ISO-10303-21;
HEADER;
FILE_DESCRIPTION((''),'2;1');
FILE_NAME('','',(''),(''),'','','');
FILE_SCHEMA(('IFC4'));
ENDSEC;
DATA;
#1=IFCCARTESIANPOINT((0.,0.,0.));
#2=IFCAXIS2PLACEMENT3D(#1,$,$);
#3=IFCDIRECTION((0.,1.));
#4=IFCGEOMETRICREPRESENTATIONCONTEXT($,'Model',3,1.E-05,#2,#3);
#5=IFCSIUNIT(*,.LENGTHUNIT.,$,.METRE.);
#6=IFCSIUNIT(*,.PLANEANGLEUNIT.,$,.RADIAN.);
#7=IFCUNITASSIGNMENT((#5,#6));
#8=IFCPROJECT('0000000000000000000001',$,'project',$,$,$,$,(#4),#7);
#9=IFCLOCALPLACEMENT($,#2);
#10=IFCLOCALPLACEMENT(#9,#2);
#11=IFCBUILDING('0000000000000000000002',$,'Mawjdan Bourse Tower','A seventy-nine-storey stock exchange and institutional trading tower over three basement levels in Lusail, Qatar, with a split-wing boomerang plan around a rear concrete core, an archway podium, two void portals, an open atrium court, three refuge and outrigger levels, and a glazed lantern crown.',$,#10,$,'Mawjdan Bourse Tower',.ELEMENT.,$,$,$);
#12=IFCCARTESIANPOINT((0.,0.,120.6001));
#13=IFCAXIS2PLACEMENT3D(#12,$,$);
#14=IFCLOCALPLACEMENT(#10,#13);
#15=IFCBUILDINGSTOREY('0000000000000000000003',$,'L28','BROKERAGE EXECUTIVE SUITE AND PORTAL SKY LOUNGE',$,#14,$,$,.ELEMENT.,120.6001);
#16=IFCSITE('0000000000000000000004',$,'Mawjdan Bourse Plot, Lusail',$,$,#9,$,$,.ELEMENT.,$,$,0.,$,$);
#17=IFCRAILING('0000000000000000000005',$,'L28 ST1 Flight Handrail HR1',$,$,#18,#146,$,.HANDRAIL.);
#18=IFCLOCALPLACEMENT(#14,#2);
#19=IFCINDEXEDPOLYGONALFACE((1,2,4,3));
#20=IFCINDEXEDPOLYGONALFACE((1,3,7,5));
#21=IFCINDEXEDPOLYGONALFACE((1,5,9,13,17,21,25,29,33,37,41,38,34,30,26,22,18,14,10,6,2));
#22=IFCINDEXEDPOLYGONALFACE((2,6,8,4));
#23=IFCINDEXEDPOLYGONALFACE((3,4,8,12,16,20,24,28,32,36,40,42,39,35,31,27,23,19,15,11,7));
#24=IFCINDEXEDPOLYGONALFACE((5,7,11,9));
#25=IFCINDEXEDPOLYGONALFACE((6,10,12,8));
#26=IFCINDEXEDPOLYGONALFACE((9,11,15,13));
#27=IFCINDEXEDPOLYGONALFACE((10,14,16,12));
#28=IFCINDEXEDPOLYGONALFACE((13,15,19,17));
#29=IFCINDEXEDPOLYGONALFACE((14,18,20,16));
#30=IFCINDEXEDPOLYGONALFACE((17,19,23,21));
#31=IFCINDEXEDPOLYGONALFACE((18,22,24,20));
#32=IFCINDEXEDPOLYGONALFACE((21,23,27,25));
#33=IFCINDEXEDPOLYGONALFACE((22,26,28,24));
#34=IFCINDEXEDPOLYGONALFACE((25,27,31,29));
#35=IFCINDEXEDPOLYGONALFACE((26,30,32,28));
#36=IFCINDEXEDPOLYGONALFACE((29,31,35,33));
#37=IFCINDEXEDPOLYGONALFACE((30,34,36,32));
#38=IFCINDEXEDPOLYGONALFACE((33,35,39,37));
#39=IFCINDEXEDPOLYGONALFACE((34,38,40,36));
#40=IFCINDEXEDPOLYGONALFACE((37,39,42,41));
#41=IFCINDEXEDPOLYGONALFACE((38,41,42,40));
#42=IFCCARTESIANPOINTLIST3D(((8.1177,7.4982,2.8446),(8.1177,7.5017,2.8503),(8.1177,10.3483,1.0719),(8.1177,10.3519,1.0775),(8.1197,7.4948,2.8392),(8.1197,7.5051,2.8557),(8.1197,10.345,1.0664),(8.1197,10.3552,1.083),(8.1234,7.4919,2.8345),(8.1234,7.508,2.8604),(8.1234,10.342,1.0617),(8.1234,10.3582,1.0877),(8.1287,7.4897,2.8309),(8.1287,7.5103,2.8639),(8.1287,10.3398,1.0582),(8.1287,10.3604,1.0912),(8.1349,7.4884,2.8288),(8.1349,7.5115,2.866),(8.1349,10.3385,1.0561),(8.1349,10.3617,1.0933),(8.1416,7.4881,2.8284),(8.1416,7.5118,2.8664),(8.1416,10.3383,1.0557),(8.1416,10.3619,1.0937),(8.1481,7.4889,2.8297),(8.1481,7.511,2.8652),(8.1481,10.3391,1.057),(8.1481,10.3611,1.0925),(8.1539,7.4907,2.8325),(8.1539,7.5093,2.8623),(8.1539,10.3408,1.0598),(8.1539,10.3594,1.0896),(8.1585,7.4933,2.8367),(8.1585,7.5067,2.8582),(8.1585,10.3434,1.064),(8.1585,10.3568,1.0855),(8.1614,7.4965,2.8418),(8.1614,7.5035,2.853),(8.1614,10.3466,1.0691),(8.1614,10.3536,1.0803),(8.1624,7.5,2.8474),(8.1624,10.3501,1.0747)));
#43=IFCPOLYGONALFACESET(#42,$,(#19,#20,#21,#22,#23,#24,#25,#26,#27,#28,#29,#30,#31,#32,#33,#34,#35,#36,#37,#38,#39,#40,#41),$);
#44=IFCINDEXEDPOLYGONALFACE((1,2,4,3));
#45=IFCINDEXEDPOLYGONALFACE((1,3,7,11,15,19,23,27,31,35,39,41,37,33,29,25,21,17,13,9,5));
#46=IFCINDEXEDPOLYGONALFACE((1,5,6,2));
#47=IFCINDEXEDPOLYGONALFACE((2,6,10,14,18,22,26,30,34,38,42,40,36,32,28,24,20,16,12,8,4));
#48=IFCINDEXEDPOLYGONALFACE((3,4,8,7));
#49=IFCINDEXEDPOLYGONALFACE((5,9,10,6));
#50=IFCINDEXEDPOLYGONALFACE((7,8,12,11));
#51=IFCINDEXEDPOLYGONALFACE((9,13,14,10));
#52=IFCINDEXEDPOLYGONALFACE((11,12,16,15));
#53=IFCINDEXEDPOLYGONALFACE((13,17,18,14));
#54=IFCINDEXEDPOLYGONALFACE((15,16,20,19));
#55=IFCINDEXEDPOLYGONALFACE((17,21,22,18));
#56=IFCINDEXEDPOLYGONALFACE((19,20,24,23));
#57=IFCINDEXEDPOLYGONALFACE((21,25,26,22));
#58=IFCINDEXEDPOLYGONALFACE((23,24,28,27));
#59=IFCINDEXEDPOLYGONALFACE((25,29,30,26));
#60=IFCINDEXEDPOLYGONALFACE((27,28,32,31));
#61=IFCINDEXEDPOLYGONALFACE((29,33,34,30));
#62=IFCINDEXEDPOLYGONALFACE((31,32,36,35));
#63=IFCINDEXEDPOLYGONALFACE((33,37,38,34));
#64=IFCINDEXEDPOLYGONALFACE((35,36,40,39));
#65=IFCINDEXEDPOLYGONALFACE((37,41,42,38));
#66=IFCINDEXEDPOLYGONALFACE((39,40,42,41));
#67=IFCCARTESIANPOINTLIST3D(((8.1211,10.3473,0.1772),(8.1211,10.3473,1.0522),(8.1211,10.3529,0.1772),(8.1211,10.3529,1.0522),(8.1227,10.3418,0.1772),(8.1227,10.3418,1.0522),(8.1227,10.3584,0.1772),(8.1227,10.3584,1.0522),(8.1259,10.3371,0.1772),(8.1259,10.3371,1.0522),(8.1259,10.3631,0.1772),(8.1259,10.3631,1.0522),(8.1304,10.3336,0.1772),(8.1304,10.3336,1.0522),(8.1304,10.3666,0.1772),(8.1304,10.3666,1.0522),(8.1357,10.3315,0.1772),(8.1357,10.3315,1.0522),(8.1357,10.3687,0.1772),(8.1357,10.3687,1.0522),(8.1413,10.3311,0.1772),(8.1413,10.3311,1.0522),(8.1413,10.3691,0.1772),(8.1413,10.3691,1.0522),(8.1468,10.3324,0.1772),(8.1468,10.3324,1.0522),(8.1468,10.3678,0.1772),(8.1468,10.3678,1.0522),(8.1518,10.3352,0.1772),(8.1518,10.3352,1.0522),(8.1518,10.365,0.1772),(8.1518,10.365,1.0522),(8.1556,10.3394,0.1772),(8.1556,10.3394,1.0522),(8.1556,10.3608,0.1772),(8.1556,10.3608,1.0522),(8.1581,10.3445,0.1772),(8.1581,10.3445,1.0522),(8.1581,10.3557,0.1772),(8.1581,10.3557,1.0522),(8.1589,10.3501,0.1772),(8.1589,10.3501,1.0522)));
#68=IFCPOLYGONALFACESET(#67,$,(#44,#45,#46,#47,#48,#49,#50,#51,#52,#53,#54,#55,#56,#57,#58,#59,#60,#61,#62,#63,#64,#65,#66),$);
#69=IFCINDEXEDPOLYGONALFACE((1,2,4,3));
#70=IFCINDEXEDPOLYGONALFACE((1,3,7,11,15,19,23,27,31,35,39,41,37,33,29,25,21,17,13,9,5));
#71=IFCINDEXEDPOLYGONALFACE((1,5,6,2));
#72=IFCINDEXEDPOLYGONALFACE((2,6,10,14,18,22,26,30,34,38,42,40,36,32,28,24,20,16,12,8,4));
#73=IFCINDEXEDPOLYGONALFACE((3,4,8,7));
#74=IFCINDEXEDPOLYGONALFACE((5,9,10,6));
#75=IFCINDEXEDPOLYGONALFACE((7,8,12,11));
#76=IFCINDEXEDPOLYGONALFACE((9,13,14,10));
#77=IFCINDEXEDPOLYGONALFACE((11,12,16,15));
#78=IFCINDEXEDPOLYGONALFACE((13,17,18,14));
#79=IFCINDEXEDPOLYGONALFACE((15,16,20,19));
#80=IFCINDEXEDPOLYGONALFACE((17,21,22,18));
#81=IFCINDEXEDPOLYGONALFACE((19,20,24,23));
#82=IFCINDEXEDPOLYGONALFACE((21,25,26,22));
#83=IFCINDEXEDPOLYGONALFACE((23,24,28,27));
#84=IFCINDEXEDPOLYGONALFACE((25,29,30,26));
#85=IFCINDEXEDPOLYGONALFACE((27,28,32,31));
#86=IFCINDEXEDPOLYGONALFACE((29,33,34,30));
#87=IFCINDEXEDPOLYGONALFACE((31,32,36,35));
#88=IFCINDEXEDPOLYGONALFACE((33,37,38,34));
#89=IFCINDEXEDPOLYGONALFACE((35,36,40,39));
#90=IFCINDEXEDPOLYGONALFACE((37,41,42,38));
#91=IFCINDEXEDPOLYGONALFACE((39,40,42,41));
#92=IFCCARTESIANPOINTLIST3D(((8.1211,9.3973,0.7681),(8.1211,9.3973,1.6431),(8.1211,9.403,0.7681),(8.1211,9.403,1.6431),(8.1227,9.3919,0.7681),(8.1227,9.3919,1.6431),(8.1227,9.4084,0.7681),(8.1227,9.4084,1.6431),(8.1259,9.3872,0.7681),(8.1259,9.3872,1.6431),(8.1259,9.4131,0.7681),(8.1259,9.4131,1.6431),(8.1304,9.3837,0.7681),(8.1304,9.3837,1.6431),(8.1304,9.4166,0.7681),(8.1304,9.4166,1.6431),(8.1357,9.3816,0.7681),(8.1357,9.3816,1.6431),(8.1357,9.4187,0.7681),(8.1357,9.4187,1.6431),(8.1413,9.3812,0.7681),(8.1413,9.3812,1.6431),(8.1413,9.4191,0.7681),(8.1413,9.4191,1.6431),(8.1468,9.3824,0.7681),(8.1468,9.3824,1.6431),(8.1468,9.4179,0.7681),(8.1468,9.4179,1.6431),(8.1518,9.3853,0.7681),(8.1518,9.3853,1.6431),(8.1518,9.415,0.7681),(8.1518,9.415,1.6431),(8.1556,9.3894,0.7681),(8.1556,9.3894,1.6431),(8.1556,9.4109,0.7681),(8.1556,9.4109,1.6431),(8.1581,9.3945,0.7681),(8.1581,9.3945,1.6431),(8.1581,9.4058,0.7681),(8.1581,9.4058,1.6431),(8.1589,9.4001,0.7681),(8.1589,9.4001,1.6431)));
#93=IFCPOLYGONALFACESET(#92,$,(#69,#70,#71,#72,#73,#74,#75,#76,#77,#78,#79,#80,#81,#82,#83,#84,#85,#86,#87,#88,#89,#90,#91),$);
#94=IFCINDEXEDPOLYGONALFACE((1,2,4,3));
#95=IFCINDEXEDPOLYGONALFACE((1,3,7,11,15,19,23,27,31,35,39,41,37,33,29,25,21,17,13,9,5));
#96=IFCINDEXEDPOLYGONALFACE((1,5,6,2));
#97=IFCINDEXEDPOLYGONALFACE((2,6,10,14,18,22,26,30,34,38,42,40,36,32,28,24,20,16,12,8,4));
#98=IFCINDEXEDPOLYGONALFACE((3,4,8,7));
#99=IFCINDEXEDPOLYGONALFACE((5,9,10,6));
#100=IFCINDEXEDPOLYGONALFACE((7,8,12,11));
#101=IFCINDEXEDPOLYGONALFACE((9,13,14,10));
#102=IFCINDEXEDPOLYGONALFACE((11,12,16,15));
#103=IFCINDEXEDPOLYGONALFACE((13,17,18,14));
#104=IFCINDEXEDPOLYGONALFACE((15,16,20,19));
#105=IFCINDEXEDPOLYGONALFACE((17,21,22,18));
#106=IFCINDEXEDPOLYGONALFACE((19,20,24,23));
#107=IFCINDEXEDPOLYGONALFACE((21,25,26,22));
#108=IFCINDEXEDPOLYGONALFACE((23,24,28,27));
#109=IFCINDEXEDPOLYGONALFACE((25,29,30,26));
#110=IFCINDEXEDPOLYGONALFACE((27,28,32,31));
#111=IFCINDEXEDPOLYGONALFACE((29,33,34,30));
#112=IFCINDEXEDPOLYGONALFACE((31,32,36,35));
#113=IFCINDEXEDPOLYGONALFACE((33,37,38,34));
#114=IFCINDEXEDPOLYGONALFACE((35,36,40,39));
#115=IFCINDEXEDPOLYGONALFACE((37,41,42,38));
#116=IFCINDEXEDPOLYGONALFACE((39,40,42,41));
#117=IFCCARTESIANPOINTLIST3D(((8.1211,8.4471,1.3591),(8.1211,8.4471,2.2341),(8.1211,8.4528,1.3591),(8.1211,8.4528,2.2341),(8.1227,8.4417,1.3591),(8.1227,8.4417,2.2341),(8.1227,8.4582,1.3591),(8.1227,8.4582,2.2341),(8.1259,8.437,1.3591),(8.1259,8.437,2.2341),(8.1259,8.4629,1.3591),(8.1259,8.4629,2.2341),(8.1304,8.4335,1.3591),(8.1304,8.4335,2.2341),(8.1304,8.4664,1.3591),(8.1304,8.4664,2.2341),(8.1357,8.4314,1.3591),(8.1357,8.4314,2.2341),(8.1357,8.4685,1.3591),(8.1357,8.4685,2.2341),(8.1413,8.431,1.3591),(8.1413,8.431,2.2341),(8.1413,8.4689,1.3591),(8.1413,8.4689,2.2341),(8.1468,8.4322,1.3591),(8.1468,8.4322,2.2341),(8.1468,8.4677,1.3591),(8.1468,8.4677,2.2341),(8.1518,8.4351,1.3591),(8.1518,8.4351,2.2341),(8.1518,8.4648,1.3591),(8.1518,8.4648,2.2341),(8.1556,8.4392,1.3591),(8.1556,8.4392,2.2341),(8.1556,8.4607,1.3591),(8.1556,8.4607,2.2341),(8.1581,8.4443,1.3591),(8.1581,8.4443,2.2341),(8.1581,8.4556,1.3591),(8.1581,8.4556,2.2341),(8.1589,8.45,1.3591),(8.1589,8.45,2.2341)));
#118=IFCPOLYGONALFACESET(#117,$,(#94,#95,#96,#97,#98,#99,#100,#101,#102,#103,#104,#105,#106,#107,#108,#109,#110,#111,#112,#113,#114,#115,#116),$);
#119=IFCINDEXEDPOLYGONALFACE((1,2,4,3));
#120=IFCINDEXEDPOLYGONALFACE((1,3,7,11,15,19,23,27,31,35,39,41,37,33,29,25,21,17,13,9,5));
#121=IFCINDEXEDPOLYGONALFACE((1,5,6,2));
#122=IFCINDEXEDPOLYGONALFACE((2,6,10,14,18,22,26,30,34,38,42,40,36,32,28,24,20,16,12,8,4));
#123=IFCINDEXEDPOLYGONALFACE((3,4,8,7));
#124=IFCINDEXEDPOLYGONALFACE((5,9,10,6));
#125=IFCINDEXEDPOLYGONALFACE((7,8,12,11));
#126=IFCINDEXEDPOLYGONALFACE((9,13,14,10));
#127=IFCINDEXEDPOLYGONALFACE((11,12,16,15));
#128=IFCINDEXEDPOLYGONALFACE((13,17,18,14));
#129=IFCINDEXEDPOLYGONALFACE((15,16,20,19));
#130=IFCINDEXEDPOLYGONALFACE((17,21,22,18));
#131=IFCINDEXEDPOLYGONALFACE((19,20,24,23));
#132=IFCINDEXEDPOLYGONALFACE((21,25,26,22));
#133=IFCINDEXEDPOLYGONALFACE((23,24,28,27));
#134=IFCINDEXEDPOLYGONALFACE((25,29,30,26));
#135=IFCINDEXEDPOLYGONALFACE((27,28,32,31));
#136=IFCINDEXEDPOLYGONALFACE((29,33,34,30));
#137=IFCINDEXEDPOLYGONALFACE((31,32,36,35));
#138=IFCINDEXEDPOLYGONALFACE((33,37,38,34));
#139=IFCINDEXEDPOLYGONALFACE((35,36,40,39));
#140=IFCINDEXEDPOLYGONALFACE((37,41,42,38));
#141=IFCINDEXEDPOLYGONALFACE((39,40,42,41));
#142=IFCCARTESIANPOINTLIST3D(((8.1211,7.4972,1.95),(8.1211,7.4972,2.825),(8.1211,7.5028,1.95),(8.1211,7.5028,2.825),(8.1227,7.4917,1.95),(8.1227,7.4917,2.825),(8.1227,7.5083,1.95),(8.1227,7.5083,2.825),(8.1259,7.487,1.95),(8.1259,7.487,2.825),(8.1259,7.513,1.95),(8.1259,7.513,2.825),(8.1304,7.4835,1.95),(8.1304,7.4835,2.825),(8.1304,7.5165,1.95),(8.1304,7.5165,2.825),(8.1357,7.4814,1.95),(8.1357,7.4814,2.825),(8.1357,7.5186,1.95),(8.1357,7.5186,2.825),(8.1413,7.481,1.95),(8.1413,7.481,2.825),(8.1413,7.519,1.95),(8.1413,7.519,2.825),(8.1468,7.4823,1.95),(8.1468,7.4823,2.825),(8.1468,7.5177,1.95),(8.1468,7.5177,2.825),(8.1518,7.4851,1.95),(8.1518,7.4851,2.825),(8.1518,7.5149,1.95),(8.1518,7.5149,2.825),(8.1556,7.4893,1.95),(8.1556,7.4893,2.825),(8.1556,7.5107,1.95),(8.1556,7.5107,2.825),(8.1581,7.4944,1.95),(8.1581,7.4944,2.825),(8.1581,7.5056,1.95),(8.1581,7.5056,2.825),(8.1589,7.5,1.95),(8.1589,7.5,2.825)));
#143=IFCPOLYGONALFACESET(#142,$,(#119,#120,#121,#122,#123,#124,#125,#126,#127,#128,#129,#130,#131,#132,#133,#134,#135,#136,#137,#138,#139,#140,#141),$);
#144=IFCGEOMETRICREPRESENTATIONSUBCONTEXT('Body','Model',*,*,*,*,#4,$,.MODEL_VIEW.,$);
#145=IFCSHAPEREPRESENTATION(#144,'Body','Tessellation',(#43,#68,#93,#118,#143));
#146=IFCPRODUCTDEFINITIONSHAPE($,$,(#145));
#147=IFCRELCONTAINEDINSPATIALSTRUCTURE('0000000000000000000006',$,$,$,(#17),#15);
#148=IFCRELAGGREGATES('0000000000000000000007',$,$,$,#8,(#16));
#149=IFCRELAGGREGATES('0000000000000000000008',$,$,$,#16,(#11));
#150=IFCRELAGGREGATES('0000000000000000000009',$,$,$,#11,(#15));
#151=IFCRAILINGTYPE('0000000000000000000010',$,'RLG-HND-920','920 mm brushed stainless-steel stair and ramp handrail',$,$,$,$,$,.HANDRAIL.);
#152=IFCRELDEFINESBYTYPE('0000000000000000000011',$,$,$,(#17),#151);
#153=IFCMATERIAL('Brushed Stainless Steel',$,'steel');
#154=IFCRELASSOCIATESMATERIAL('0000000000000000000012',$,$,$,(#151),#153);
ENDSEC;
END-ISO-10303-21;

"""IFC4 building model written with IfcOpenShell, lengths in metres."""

from ifc_helpers import new_model, si_unit, direction, frame, origin, origin_2d, place, context, subcontext, project, spatial, circle, extrude, material, type_object, element, save


model = new_model("IFC4")

# Units and contexts
model_context = context("Model", 3, precision=1e-05, world=origin(), true_north=direction((0.0, 1.0)))
body_context = subcontext(model_context, "Body", "Model", "MODEL_VIEW")
ifc_project = project(units=[si_unit("LENGTHUNIT", "METRE"), si_unit("PLANEANGLEUNIT", "RADIAN")], contexts=[model_context])

# Site, building, storey
site_placement = place(None, origin())
site = spatial("IfcSite", under=ifc_project, at=site_placement, Name="Mawjdan Bourse Plot, Lusail", CompositionType="ELEMENT", RefElevation=0.0)
building_placement = place(site_placement, origin())
building = spatial("IfcBuilding", under=site, at=building_placement, Name="Mawjdan Bourse Tower", Description="A seventy-nine-storey stock exchange and institutional trading tower over three basement levels in Lusail, Qatar, with a split-wing boomerang plan around a rear concrete core, an archway podium, two void portals, an open atrium court, three refuge and outrigger levels, and a glazed lantern crown.", LongName="Mawjdan Bourse Tower", CompositionType="ELEMENT")
storey_placement = place(building_placement, frame((0.0, 0.0, 120.6001)))
storey = spatial("IfcBuildingStorey", under=building, at=storey_placement, Name="L28", Description="BROKERAGE EXECUTIVE SUITE AND PORTAL SKY LOUNGE", CompositionType="ELEMENT", Elevation=120.6001)

# Shared definitions
ifc_material_1 = material(Name="Brushed Stainless Steel", Category="steel")

# Railing
railing_type_1 = type_object("IfcRailingType", Name="RLG-HND-920", Description="920 mm brushed stainless-steel stair and ramp handrail", PredefinedType="HANDRAIL", material=ifc_material_1)
railing_1_placement = place(storey_placement, frame((8.1399, 10.3501, 0.1772)))
element("IfcRailing", 1, at=railing_1_placement, inside=storey, type_object=railing_type_1, Name="L28 ST1 Flight Handrail HR1", PredefinedType="HANDRAIL", context=body_context, shape_type="SweptSolid", body=[
    extrude(circle(Radius=0.0225, at=origin_2d()), frame((0.0, 0.0, 0.8975), z_axis=(0.0, -0.849149, 0.528154), x_axis=(1.0, 0.0, 0.0)), (0.0, 0.0, 1.0), 3.3564),
    extrude(circle(Radius=0.019, at=origin_2d()), origin(), (0.0, 0.0, 1.0), 0.875),
    extrude(circle(Radius=0.019, at=origin_2d()), frame((0.0, -0.95, 0.5908)), (0.0, 0.0, 1.0), 0.875),
    extrude(circle(Radius=0.019, at=origin_2d()), frame((0.0, -1.9001, 1.1819)), (0.0, 0.0, 1.0), 0.875),
    extrude(circle(Radius=0.019, at=origin_2d()), frame((0.0, -2.8501, 1.7727)), (0.0, 0.0, 1.0), 0.875),
])

save(model, "model.ifc")
